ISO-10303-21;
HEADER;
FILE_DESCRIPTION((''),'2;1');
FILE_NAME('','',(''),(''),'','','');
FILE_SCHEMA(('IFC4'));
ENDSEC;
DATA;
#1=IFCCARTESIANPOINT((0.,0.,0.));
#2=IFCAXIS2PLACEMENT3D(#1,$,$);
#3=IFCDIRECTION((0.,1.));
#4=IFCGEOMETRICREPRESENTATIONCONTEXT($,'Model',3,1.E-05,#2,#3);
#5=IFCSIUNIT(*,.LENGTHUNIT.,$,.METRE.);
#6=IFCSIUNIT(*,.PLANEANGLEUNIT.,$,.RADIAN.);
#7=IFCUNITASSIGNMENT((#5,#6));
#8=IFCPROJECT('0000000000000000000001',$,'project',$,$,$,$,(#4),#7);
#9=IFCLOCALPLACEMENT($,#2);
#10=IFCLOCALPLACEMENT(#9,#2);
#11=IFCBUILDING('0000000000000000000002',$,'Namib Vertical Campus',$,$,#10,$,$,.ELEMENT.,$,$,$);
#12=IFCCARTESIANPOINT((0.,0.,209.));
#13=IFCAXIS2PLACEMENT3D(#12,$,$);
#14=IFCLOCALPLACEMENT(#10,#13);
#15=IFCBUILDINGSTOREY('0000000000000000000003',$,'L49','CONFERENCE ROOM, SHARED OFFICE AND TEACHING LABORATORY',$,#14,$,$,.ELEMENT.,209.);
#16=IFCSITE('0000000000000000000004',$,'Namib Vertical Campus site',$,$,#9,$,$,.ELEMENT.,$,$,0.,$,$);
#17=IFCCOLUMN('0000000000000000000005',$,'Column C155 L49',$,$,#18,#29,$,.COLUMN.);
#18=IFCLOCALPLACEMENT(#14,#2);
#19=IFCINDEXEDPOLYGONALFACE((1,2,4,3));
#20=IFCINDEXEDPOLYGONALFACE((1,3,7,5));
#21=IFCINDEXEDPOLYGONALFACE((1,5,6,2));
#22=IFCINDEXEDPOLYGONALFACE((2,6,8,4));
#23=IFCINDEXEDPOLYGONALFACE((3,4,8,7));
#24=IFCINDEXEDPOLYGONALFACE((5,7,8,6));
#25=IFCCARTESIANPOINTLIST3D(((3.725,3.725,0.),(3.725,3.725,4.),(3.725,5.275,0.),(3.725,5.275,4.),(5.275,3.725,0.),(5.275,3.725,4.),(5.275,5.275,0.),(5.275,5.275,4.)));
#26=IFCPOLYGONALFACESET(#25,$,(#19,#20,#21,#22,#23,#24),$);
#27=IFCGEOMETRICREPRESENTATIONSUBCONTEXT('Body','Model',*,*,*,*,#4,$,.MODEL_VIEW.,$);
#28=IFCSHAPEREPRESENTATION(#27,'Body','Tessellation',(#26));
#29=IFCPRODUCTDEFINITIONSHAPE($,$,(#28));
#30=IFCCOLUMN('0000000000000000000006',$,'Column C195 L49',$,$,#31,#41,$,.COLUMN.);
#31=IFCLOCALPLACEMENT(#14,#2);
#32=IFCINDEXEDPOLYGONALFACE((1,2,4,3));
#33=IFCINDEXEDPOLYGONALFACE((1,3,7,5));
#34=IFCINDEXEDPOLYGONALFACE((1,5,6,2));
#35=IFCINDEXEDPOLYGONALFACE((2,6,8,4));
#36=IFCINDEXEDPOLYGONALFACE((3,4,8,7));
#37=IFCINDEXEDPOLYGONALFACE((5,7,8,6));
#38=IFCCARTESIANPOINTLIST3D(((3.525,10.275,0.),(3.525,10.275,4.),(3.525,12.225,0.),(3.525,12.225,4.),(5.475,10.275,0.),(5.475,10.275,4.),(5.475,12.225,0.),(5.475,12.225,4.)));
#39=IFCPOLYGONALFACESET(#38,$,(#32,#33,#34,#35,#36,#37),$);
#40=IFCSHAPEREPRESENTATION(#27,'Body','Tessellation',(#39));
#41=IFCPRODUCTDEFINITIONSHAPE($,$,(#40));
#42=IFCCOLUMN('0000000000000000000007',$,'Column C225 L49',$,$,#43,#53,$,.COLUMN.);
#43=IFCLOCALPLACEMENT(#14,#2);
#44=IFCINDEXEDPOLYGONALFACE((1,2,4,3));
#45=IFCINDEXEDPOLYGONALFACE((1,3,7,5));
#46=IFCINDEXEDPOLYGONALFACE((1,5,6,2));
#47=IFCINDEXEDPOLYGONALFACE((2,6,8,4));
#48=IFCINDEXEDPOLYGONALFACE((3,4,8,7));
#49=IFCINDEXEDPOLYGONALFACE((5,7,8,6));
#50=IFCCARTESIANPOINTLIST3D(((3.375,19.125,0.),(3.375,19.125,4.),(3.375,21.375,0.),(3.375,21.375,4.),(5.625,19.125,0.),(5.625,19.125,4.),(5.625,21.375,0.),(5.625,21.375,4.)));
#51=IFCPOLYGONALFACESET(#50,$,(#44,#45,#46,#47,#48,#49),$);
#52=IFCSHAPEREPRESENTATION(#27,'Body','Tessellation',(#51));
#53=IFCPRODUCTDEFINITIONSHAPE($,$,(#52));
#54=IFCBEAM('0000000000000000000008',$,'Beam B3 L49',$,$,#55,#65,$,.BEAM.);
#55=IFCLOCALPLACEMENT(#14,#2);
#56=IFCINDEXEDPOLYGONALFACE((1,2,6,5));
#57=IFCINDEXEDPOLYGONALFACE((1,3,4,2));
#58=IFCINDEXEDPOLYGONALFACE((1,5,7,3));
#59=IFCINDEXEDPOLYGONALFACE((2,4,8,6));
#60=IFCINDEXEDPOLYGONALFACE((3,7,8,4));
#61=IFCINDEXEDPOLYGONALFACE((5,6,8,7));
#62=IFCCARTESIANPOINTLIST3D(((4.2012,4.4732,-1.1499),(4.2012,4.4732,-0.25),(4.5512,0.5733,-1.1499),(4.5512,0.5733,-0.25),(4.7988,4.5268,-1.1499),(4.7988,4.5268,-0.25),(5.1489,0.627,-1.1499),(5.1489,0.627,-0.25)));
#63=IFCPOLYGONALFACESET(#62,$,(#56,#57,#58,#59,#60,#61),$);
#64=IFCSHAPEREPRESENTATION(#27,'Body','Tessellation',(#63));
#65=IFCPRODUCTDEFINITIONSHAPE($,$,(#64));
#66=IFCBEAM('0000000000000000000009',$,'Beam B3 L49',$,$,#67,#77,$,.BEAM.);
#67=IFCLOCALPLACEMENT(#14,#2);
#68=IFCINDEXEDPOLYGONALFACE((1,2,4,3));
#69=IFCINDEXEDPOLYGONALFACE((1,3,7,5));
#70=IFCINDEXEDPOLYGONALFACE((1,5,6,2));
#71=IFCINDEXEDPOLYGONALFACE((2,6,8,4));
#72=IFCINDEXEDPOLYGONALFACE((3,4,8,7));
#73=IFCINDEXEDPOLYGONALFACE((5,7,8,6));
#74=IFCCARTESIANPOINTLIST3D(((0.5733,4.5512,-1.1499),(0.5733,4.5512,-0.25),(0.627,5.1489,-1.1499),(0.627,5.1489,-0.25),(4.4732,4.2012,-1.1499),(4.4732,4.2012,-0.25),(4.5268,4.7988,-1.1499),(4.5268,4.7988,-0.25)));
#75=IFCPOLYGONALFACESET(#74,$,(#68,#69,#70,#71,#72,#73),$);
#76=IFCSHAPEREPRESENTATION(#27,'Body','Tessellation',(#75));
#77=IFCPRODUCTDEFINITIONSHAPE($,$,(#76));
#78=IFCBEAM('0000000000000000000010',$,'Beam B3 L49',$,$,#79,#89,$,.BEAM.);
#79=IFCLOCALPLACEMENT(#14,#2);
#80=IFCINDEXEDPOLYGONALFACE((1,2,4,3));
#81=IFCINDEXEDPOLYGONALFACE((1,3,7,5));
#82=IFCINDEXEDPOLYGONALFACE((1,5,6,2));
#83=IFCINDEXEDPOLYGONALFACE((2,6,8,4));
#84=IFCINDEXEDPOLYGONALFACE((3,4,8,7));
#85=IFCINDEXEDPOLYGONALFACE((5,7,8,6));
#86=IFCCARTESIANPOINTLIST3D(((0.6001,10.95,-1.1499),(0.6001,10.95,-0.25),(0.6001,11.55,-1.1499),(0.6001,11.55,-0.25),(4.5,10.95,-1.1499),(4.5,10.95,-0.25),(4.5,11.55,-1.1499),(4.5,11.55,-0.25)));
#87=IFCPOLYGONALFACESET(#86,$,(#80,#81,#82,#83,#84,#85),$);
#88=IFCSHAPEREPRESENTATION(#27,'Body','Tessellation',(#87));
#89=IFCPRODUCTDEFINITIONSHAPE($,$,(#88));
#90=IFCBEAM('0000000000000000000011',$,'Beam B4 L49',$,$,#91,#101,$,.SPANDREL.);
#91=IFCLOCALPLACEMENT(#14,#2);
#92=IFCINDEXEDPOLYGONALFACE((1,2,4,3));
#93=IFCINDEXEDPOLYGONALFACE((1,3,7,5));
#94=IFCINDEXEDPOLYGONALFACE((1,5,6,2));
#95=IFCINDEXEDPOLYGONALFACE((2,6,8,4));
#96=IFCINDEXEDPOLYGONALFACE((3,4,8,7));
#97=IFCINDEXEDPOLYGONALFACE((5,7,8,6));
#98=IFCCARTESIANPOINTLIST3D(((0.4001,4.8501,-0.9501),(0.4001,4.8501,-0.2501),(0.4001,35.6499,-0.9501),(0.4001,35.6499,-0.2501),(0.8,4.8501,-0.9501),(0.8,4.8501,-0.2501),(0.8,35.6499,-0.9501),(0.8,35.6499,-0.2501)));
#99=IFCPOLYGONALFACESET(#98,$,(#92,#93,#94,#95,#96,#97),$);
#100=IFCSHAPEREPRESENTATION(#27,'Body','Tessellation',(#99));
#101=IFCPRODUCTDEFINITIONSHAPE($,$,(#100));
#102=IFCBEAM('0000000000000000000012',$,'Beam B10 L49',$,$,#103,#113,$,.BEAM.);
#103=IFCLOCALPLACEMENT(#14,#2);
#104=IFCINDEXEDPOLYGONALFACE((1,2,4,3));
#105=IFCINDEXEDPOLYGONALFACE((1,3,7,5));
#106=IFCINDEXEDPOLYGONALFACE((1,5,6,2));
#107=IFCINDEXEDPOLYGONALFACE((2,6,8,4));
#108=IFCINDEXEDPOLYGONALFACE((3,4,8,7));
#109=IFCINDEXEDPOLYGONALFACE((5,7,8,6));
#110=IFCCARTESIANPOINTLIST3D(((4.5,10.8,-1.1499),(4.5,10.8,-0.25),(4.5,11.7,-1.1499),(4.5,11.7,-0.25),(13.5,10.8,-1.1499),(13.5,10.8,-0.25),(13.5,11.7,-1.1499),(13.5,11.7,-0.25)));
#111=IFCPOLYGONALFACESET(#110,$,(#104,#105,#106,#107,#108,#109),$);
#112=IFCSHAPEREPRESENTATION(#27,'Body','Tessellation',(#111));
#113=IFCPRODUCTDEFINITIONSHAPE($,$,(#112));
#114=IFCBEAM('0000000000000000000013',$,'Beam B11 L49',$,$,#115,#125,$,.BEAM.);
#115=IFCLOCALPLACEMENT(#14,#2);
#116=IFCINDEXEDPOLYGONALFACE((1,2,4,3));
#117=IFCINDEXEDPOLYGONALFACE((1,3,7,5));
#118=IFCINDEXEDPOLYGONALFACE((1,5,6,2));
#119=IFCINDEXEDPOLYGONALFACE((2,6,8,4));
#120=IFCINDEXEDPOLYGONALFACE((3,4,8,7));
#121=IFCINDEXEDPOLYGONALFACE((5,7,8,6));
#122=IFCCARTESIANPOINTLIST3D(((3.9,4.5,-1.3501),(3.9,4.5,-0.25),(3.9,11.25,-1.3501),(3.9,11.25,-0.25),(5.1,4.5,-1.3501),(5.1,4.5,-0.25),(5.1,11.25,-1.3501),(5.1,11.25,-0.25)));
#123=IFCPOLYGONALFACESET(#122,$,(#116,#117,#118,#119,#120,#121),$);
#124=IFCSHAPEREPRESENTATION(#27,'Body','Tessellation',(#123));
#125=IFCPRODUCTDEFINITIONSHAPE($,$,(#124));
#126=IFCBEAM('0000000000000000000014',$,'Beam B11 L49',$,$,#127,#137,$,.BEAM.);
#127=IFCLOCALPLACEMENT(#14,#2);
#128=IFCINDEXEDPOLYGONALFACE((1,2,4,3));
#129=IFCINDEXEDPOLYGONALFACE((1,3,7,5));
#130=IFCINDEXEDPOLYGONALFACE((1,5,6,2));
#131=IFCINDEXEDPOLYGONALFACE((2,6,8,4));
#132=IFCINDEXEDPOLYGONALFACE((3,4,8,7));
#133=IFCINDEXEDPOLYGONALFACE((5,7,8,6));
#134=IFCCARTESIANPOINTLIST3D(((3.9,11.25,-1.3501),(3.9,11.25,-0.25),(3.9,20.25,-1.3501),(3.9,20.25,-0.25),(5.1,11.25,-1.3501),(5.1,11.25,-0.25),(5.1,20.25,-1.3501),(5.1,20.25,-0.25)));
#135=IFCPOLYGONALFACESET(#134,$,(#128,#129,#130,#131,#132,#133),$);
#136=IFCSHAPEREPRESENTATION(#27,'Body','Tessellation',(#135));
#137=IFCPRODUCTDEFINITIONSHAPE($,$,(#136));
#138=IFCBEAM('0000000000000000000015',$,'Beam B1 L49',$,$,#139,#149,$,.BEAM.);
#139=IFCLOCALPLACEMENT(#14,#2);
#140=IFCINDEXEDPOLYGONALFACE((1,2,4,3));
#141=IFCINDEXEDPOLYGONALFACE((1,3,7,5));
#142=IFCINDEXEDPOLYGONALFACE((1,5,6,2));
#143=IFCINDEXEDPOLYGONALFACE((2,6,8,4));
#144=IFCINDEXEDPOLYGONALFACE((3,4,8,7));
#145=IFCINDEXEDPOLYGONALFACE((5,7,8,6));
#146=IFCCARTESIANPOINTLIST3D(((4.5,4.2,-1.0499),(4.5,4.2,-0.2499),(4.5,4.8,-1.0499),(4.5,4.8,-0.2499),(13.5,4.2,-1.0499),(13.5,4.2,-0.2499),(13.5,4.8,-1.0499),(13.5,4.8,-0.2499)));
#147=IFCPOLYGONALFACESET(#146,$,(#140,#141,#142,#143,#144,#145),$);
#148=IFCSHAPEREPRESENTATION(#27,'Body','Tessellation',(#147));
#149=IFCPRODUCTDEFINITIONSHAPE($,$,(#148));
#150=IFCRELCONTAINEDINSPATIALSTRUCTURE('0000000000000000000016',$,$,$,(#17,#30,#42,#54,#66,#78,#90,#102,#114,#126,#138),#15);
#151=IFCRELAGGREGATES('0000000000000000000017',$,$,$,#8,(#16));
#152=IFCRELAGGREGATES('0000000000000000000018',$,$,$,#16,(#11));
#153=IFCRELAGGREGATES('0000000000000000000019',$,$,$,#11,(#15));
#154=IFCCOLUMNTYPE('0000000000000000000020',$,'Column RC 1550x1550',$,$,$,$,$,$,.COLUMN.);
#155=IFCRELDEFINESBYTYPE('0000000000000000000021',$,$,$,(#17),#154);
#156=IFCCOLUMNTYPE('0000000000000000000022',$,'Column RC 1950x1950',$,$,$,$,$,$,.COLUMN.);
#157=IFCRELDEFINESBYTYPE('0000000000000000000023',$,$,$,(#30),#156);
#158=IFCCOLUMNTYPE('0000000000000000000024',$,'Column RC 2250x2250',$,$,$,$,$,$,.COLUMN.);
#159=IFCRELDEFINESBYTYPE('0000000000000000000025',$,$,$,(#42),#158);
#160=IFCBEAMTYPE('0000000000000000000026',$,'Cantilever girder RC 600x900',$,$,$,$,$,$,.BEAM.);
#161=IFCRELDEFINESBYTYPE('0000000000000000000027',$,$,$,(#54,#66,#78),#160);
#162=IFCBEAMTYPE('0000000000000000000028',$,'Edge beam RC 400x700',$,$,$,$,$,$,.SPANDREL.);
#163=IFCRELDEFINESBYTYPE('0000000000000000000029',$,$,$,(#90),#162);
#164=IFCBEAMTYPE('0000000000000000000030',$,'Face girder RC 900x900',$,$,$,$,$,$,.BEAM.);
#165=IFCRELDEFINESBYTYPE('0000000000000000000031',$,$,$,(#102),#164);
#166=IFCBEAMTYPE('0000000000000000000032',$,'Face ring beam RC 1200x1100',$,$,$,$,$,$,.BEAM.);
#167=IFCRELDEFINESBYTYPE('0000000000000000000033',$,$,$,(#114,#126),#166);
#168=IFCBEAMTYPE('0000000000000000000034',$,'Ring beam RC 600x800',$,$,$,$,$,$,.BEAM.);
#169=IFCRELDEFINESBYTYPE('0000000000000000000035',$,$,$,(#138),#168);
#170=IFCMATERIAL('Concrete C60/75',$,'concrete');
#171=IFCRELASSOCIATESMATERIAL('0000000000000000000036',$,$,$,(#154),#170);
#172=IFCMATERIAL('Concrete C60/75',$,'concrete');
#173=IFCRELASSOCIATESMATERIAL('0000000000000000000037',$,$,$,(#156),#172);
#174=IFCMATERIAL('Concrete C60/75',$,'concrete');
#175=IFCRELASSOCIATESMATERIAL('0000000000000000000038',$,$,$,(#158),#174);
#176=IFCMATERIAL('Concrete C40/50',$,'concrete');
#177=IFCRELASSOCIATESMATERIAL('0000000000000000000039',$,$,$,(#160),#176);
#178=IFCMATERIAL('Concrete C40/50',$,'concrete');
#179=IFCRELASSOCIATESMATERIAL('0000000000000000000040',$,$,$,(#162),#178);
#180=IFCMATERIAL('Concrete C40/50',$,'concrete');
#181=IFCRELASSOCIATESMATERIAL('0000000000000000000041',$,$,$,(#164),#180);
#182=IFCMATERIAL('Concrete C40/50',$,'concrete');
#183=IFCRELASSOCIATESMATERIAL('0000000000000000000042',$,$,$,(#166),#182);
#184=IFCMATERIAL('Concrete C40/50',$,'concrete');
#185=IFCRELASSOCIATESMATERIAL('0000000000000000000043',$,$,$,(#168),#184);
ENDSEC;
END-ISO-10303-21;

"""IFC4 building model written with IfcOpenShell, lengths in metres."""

from ifc_helpers import new_model, si_unit, direction, frame, origin, origin_2d, place, context, subcontext, project, spatial, rectangle, extrude, material, material_profile, profile_set, type_object, element, save


model = new_model("IFC4")

# Units and contexts
model_context = context("Model", 3, precision=1e-05, world=origin(), true_north=direction((0.0, 1.0)))
body_context = subcontext(model_context, "Body", "Model", "MODEL_VIEW")
ifc_project = project(units=[si_unit("LENGTHUNIT", "METRE"), si_unit("PLANEANGLEUNIT", "RADIAN")], contexts=[model_context])

# Site, building, storey
site_placement = place(None, origin())
site = spatial("IfcSite", under=ifc_project, at=site_placement, Name="Namib Vertical Campus site", CompositionType="ELEMENT", RefElevation=0.0)
building_placement = place(site_placement, origin())
building = spatial("IfcBuilding", under=site, at=building_placement, Name="Namib Vertical Campus", CompositionType="ELEMENT")
storey_placement = place(building_placement, frame((0.0, 0.0, 209.0)))
storey = spatial("IfcBuildingStorey", under=building, at=storey_placement, Name="L49", Description="CONFERENCE ROOM, SHARED OFFICE AND TEACHING LABORATORY", CompositionType="ELEMENT", Elevation=209.0)

# Columns
ifc_material_1 = material(Name="Concrete C60/75", Category="concrete")
ifc_material_profile_1 = material_profile(ifc_material_1, rectangle(XDim=1.55, YDim=1.55, at=origin_2d()))
ifc_profile_set_1 = profile_set([ifc_material_profile_1], Name="Concrete C60/75")
column_type_1 = type_object("IfcColumnType", Name="Column RC 1550x1550", PredefinedType="COLUMN", material=ifc_profile_set_1)
column_1_placement = place(storey_placement, frame((4.5, 4.5, 0.0), z_axis=(0.0, 0.0, 1.0), x_axis=(1.0, 0.0, 0.0)))
element("IfcColumn", 1, at=column_1_placement, inside=storey, type_object=column_type_1, Name="Column C155 L49", PredefinedType="COLUMN", context=body_context, shape_type="SweptSolid", body=[
    extrude(rectangle(XDim=1.55, YDim=1.55, at=origin_2d()), origin(), (0.0, 0.0, 1.0), 4.0),
])
ifc_material_2 = material(Name="Concrete C60/75", Category="concrete")
ifc_material_profile_2 = material_profile(ifc_material_2, rectangle(XDim=1.95, YDim=1.95, at=origin_2d()))
ifc_profile_set_2 = profile_set([ifc_material_profile_2], Name="Concrete C60/75")
column_type_2 = type_object("IfcColumnType", Name="Column RC 1950x1950", PredefinedType="COLUMN", material=ifc_profile_set_2)
column_2_placement = place(storey_placement, frame((4.5, 11.25, 0.0), z_axis=(0.0, 0.0, 1.0), x_axis=(1.0, 0.0, 0.0)))
element("IfcColumn", 2, at=column_2_placement, inside=storey, type_object=column_type_2, Name="Column C195 L49", PredefinedType="COLUMN", context=body_context, shape_type="SweptSolid", body=[
    extrude(rectangle(XDim=1.95, YDim=1.95, at=origin_2d()), origin(), (0.0, 0.0, 1.0), 4.0),
])
ifc_material_3 = material(Name="Concrete C60/75", Category="concrete")
ifc_material_profile_3 = material_profile(ifc_material_3, rectangle(XDim=2.25, YDim=2.25, at=origin_2d()))
ifc_profile_set_3 = profile_set([ifc_material_profile_3], Name="Concrete C60/75")
column_type_3 = type_object("IfcColumnType", Name="Column RC 2250x2250", PredefinedType="COLUMN", material=ifc_profile_set_3)
column_3_placement = place(storey_placement, frame((4.5, 20.25, 0.0), z_axis=(0.0, 0.0, 1.0), x_axis=(1.0, 0.0, 0.0)))
element("IfcColumn", 3, at=column_3_placement, inside=storey, type_object=column_type_3, Name="Column C225 L49", PredefinedType="COLUMN", context=body_context, shape_type="SweptSolid", body=[
    extrude(rectangle(XDim=2.25, YDim=2.25, at=origin_2d()), origin(), (0.0, 0.0, 1.0), 4.0),
])

# Beams
ifc_material_4 = material(Name="Concrete C40/50", Category="concrete")
ifc_material_profile_4 = material_profile(ifc_material_4, rectangle(XDim=0.6001, YDim=0.8999, at=origin_2d()))
ifc_profile_set_4 = profile_set([ifc_material_profile_4], Name="Concrete C40/50")
beam_type_1 = type_object("IfcBeamType", Name="Cantilever girder RC 600x900", PredefinedType="BEAM", material=ifc_profile_set_4)
for number, where, z_axis, x_axis, name in (
    (4, (4.5, 4.5, -0.7), (0.089411, -0.995995, 0.0), (0.995995, 0.089411, 0.0), "Beam B3 L49"),
    (5, (4.5, 4.5, -0.7), (-0.995995, 0.089411, 0.0), (-0.089411, -0.995995, 0.0), "Beam B3 L49"),
):
    element("IfcBeam", number, at=place(storey_placement, frame(where, z_axis=z_axis, x_axis=x_axis)), inside=storey, type_object=beam_type_1, Name=name, PredefinedType="BEAM", context=body_context, shape_type="SweptSolid", body=[
        extrude(rectangle(XDim=0.6001, YDim=0.8999, at=origin_2d()), origin(), (0.0, 0.0, 1.0), 3.9155),
    ])
beam_1_placement = place(storey_placement, frame((4.5, 11.25, -0.7), z_axis=(-1.0, 0.0, 0.0), x_axis=(0.0, -1.0, 0.0)))
element("IfcBeam", 6, at=beam_1_placement, inside=storey, type_object=beam_type_1, Name="Beam B3 L49", PredefinedType="BEAM", context=body_context, shape_type="SweptSolid", body=[
    extrude(rectangle(XDim=0.6001, YDim=0.8999, at=origin_2d()), origin(), (0.0, 0.0, 1.0), 3.8999),
])
ifc_material_5 = material(Name="Concrete C40/50", Category="concrete")
ifc_material_profile_5 = material_profile(ifc_material_5, rectangle(XDim=0.3999, YDim=0.7, at=origin_2d()))
ifc_profile_set_5 = profile_set([ifc_material_profile_5], Name="Concrete C40/50")
beam_type_2 = type_object("IfcBeamType", Name="Edge beam RC 400x700", PredefinedType="SPANDREL", material=ifc_profile_set_5)
beam_2_placement = place(storey_placement, frame((0.6001, 4.8501, -0.6001), z_axis=(0.0, 1.0, 0.0), x_axis=(-1.0, 0.0, 0.0)))
element("IfcBeam", 7, at=beam_2_placement, inside=storey, type_object=beam_type_2, Name="Beam B4 L49", PredefinedType="SPANDREL", context=body_context, shape_type="SweptSolid", body=[
    extrude(rectangle(XDim=0.3999, YDim=0.7, at=origin_2d()), origin(), (0.0, 0.0, 1.0), 30.7998),
])
ifc_material_6 = material(Name="Concrete C40/50", Category="concrete")
ifc_material_profile_6 = material_profile(ifc_material_6, rectangle(XDim=0.8999, YDim=0.8999, at=origin_2d()))
ifc_profile_set_6 = profile_set([ifc_material_profile_6], Name="Concrete C40/50")
beam_type_3 = type_object("IfcBeamType", Name="Face girder RC 900x900", PredefinedType="BEAM", material=ifc_profile_set_6)
beam_3_placement = place(storey_placement, frame((4.5, 11.25, -0.7), z_axis=(1.0, 0.0, 0.0), x_axis=(0.0, 1.0, 0.0)))
element("IfcBeam", 8, at=beam_3_placement, inside=storey, type_object=beam_type_3, Name="Beam B10 L49", PredefinedType="BEAM", context=body_context, shape_type="SweptSolid", body=[
    extrude(rectangle(XDim=0.8999, YDim=0.8999, at=origin_2d()), origin(), (0.0, 0.0, 1.0), 9.0),
])
ifc_material_7 = material(Name="Concrete C40/50", Category="concrete")
ifc_material_profile_7 = material_profile(ifc_material_7, rectangle(XDim=1.2, YDim=1.1001, at=origin_2d()))
ifc_profile_set_7 = profile_set([ifc_material_profile_7], Name="Concrete C40/50")
beam_type_4 = type_object("IfcBeamType", Name="Face ring beam RC 1200x1100", PredefinedType="BEAM", material=ifc_profile_set_7)
beam_4_placement = place(storey_placement, frame((4.5, 4.5, -0.8), z_axis=(0.0, 1.0, 0.0), x_axis=(-1.0, 0.0, 0.0)))
element("IfcBeam", 9, at=beam_4_placement, inside=storey, type_object=beam_type_4, Name="Beam B11 L49", PredefinedType="BEAM", context=body_context, shape_type="SweptSolid", body=[
    extrude(rectangle(XDim=1.2, YDim=1.1001, at=origin_2d()), origin(), (0.0, 0.0, 1.0), 6.75),
])
beam_5_placement = place(storey_placement, frame((4.5, 11.25, -0.8), z_axis=(0.0, 1.0, 0.0), x_axis=(-1.0, 0.0, 0.0)))
element("IfcBeam", 10, at=beam_5_placement, inside=storey, type_object=beam_type_4, Name="Beam B11 L49", PredefinedType="BEAM", context=body_context, shape_type="SweptSolid", body=[
    extrude(rectangle(XDim=1.2, YDim=1.1001, at=origin_2d()), origin(), (0.0, 0.0, 1.0), 9.0),
])
ifc_material_8 = material(Name="Concrete C40/50", Category="concrete")
ifc_material_profile_8 = material_profile(ifc_material_8, rectangle(XDim=0.6001, YDim=0.8, at=origin_2d()))
ifc_profile_set_8 = profile_set([ifc_material_profile_8], Name="Concrete C40/50")
beam_type_5 = type_object("IfcBeamType", Name="Ring beam RC 600x800", PredefinedType="BEAM", material=ifc_profile_set_8)
beam_6_placement = place(storey_placement, frame((4.5, 4.5, -0.6499), z_axis=(1.0, 0.0, 0.0), x_axis=(0.0, 1.0, 0.0)))
element("IfcBeam", 11, at=beam_6_placement, inside=storey, type_object=beam_type_5, Name="Beam B1 L49", PredefinedType="BEAM", context=body_context, shape_type="SweptSolid", body=[
    extrude(rectangle(XDim=0.6001, YDim=0.8, at=origin_2d()), origin(), (0.0, 0.0, 1.0), 9.0),
])

save(model, "model.ifc")
